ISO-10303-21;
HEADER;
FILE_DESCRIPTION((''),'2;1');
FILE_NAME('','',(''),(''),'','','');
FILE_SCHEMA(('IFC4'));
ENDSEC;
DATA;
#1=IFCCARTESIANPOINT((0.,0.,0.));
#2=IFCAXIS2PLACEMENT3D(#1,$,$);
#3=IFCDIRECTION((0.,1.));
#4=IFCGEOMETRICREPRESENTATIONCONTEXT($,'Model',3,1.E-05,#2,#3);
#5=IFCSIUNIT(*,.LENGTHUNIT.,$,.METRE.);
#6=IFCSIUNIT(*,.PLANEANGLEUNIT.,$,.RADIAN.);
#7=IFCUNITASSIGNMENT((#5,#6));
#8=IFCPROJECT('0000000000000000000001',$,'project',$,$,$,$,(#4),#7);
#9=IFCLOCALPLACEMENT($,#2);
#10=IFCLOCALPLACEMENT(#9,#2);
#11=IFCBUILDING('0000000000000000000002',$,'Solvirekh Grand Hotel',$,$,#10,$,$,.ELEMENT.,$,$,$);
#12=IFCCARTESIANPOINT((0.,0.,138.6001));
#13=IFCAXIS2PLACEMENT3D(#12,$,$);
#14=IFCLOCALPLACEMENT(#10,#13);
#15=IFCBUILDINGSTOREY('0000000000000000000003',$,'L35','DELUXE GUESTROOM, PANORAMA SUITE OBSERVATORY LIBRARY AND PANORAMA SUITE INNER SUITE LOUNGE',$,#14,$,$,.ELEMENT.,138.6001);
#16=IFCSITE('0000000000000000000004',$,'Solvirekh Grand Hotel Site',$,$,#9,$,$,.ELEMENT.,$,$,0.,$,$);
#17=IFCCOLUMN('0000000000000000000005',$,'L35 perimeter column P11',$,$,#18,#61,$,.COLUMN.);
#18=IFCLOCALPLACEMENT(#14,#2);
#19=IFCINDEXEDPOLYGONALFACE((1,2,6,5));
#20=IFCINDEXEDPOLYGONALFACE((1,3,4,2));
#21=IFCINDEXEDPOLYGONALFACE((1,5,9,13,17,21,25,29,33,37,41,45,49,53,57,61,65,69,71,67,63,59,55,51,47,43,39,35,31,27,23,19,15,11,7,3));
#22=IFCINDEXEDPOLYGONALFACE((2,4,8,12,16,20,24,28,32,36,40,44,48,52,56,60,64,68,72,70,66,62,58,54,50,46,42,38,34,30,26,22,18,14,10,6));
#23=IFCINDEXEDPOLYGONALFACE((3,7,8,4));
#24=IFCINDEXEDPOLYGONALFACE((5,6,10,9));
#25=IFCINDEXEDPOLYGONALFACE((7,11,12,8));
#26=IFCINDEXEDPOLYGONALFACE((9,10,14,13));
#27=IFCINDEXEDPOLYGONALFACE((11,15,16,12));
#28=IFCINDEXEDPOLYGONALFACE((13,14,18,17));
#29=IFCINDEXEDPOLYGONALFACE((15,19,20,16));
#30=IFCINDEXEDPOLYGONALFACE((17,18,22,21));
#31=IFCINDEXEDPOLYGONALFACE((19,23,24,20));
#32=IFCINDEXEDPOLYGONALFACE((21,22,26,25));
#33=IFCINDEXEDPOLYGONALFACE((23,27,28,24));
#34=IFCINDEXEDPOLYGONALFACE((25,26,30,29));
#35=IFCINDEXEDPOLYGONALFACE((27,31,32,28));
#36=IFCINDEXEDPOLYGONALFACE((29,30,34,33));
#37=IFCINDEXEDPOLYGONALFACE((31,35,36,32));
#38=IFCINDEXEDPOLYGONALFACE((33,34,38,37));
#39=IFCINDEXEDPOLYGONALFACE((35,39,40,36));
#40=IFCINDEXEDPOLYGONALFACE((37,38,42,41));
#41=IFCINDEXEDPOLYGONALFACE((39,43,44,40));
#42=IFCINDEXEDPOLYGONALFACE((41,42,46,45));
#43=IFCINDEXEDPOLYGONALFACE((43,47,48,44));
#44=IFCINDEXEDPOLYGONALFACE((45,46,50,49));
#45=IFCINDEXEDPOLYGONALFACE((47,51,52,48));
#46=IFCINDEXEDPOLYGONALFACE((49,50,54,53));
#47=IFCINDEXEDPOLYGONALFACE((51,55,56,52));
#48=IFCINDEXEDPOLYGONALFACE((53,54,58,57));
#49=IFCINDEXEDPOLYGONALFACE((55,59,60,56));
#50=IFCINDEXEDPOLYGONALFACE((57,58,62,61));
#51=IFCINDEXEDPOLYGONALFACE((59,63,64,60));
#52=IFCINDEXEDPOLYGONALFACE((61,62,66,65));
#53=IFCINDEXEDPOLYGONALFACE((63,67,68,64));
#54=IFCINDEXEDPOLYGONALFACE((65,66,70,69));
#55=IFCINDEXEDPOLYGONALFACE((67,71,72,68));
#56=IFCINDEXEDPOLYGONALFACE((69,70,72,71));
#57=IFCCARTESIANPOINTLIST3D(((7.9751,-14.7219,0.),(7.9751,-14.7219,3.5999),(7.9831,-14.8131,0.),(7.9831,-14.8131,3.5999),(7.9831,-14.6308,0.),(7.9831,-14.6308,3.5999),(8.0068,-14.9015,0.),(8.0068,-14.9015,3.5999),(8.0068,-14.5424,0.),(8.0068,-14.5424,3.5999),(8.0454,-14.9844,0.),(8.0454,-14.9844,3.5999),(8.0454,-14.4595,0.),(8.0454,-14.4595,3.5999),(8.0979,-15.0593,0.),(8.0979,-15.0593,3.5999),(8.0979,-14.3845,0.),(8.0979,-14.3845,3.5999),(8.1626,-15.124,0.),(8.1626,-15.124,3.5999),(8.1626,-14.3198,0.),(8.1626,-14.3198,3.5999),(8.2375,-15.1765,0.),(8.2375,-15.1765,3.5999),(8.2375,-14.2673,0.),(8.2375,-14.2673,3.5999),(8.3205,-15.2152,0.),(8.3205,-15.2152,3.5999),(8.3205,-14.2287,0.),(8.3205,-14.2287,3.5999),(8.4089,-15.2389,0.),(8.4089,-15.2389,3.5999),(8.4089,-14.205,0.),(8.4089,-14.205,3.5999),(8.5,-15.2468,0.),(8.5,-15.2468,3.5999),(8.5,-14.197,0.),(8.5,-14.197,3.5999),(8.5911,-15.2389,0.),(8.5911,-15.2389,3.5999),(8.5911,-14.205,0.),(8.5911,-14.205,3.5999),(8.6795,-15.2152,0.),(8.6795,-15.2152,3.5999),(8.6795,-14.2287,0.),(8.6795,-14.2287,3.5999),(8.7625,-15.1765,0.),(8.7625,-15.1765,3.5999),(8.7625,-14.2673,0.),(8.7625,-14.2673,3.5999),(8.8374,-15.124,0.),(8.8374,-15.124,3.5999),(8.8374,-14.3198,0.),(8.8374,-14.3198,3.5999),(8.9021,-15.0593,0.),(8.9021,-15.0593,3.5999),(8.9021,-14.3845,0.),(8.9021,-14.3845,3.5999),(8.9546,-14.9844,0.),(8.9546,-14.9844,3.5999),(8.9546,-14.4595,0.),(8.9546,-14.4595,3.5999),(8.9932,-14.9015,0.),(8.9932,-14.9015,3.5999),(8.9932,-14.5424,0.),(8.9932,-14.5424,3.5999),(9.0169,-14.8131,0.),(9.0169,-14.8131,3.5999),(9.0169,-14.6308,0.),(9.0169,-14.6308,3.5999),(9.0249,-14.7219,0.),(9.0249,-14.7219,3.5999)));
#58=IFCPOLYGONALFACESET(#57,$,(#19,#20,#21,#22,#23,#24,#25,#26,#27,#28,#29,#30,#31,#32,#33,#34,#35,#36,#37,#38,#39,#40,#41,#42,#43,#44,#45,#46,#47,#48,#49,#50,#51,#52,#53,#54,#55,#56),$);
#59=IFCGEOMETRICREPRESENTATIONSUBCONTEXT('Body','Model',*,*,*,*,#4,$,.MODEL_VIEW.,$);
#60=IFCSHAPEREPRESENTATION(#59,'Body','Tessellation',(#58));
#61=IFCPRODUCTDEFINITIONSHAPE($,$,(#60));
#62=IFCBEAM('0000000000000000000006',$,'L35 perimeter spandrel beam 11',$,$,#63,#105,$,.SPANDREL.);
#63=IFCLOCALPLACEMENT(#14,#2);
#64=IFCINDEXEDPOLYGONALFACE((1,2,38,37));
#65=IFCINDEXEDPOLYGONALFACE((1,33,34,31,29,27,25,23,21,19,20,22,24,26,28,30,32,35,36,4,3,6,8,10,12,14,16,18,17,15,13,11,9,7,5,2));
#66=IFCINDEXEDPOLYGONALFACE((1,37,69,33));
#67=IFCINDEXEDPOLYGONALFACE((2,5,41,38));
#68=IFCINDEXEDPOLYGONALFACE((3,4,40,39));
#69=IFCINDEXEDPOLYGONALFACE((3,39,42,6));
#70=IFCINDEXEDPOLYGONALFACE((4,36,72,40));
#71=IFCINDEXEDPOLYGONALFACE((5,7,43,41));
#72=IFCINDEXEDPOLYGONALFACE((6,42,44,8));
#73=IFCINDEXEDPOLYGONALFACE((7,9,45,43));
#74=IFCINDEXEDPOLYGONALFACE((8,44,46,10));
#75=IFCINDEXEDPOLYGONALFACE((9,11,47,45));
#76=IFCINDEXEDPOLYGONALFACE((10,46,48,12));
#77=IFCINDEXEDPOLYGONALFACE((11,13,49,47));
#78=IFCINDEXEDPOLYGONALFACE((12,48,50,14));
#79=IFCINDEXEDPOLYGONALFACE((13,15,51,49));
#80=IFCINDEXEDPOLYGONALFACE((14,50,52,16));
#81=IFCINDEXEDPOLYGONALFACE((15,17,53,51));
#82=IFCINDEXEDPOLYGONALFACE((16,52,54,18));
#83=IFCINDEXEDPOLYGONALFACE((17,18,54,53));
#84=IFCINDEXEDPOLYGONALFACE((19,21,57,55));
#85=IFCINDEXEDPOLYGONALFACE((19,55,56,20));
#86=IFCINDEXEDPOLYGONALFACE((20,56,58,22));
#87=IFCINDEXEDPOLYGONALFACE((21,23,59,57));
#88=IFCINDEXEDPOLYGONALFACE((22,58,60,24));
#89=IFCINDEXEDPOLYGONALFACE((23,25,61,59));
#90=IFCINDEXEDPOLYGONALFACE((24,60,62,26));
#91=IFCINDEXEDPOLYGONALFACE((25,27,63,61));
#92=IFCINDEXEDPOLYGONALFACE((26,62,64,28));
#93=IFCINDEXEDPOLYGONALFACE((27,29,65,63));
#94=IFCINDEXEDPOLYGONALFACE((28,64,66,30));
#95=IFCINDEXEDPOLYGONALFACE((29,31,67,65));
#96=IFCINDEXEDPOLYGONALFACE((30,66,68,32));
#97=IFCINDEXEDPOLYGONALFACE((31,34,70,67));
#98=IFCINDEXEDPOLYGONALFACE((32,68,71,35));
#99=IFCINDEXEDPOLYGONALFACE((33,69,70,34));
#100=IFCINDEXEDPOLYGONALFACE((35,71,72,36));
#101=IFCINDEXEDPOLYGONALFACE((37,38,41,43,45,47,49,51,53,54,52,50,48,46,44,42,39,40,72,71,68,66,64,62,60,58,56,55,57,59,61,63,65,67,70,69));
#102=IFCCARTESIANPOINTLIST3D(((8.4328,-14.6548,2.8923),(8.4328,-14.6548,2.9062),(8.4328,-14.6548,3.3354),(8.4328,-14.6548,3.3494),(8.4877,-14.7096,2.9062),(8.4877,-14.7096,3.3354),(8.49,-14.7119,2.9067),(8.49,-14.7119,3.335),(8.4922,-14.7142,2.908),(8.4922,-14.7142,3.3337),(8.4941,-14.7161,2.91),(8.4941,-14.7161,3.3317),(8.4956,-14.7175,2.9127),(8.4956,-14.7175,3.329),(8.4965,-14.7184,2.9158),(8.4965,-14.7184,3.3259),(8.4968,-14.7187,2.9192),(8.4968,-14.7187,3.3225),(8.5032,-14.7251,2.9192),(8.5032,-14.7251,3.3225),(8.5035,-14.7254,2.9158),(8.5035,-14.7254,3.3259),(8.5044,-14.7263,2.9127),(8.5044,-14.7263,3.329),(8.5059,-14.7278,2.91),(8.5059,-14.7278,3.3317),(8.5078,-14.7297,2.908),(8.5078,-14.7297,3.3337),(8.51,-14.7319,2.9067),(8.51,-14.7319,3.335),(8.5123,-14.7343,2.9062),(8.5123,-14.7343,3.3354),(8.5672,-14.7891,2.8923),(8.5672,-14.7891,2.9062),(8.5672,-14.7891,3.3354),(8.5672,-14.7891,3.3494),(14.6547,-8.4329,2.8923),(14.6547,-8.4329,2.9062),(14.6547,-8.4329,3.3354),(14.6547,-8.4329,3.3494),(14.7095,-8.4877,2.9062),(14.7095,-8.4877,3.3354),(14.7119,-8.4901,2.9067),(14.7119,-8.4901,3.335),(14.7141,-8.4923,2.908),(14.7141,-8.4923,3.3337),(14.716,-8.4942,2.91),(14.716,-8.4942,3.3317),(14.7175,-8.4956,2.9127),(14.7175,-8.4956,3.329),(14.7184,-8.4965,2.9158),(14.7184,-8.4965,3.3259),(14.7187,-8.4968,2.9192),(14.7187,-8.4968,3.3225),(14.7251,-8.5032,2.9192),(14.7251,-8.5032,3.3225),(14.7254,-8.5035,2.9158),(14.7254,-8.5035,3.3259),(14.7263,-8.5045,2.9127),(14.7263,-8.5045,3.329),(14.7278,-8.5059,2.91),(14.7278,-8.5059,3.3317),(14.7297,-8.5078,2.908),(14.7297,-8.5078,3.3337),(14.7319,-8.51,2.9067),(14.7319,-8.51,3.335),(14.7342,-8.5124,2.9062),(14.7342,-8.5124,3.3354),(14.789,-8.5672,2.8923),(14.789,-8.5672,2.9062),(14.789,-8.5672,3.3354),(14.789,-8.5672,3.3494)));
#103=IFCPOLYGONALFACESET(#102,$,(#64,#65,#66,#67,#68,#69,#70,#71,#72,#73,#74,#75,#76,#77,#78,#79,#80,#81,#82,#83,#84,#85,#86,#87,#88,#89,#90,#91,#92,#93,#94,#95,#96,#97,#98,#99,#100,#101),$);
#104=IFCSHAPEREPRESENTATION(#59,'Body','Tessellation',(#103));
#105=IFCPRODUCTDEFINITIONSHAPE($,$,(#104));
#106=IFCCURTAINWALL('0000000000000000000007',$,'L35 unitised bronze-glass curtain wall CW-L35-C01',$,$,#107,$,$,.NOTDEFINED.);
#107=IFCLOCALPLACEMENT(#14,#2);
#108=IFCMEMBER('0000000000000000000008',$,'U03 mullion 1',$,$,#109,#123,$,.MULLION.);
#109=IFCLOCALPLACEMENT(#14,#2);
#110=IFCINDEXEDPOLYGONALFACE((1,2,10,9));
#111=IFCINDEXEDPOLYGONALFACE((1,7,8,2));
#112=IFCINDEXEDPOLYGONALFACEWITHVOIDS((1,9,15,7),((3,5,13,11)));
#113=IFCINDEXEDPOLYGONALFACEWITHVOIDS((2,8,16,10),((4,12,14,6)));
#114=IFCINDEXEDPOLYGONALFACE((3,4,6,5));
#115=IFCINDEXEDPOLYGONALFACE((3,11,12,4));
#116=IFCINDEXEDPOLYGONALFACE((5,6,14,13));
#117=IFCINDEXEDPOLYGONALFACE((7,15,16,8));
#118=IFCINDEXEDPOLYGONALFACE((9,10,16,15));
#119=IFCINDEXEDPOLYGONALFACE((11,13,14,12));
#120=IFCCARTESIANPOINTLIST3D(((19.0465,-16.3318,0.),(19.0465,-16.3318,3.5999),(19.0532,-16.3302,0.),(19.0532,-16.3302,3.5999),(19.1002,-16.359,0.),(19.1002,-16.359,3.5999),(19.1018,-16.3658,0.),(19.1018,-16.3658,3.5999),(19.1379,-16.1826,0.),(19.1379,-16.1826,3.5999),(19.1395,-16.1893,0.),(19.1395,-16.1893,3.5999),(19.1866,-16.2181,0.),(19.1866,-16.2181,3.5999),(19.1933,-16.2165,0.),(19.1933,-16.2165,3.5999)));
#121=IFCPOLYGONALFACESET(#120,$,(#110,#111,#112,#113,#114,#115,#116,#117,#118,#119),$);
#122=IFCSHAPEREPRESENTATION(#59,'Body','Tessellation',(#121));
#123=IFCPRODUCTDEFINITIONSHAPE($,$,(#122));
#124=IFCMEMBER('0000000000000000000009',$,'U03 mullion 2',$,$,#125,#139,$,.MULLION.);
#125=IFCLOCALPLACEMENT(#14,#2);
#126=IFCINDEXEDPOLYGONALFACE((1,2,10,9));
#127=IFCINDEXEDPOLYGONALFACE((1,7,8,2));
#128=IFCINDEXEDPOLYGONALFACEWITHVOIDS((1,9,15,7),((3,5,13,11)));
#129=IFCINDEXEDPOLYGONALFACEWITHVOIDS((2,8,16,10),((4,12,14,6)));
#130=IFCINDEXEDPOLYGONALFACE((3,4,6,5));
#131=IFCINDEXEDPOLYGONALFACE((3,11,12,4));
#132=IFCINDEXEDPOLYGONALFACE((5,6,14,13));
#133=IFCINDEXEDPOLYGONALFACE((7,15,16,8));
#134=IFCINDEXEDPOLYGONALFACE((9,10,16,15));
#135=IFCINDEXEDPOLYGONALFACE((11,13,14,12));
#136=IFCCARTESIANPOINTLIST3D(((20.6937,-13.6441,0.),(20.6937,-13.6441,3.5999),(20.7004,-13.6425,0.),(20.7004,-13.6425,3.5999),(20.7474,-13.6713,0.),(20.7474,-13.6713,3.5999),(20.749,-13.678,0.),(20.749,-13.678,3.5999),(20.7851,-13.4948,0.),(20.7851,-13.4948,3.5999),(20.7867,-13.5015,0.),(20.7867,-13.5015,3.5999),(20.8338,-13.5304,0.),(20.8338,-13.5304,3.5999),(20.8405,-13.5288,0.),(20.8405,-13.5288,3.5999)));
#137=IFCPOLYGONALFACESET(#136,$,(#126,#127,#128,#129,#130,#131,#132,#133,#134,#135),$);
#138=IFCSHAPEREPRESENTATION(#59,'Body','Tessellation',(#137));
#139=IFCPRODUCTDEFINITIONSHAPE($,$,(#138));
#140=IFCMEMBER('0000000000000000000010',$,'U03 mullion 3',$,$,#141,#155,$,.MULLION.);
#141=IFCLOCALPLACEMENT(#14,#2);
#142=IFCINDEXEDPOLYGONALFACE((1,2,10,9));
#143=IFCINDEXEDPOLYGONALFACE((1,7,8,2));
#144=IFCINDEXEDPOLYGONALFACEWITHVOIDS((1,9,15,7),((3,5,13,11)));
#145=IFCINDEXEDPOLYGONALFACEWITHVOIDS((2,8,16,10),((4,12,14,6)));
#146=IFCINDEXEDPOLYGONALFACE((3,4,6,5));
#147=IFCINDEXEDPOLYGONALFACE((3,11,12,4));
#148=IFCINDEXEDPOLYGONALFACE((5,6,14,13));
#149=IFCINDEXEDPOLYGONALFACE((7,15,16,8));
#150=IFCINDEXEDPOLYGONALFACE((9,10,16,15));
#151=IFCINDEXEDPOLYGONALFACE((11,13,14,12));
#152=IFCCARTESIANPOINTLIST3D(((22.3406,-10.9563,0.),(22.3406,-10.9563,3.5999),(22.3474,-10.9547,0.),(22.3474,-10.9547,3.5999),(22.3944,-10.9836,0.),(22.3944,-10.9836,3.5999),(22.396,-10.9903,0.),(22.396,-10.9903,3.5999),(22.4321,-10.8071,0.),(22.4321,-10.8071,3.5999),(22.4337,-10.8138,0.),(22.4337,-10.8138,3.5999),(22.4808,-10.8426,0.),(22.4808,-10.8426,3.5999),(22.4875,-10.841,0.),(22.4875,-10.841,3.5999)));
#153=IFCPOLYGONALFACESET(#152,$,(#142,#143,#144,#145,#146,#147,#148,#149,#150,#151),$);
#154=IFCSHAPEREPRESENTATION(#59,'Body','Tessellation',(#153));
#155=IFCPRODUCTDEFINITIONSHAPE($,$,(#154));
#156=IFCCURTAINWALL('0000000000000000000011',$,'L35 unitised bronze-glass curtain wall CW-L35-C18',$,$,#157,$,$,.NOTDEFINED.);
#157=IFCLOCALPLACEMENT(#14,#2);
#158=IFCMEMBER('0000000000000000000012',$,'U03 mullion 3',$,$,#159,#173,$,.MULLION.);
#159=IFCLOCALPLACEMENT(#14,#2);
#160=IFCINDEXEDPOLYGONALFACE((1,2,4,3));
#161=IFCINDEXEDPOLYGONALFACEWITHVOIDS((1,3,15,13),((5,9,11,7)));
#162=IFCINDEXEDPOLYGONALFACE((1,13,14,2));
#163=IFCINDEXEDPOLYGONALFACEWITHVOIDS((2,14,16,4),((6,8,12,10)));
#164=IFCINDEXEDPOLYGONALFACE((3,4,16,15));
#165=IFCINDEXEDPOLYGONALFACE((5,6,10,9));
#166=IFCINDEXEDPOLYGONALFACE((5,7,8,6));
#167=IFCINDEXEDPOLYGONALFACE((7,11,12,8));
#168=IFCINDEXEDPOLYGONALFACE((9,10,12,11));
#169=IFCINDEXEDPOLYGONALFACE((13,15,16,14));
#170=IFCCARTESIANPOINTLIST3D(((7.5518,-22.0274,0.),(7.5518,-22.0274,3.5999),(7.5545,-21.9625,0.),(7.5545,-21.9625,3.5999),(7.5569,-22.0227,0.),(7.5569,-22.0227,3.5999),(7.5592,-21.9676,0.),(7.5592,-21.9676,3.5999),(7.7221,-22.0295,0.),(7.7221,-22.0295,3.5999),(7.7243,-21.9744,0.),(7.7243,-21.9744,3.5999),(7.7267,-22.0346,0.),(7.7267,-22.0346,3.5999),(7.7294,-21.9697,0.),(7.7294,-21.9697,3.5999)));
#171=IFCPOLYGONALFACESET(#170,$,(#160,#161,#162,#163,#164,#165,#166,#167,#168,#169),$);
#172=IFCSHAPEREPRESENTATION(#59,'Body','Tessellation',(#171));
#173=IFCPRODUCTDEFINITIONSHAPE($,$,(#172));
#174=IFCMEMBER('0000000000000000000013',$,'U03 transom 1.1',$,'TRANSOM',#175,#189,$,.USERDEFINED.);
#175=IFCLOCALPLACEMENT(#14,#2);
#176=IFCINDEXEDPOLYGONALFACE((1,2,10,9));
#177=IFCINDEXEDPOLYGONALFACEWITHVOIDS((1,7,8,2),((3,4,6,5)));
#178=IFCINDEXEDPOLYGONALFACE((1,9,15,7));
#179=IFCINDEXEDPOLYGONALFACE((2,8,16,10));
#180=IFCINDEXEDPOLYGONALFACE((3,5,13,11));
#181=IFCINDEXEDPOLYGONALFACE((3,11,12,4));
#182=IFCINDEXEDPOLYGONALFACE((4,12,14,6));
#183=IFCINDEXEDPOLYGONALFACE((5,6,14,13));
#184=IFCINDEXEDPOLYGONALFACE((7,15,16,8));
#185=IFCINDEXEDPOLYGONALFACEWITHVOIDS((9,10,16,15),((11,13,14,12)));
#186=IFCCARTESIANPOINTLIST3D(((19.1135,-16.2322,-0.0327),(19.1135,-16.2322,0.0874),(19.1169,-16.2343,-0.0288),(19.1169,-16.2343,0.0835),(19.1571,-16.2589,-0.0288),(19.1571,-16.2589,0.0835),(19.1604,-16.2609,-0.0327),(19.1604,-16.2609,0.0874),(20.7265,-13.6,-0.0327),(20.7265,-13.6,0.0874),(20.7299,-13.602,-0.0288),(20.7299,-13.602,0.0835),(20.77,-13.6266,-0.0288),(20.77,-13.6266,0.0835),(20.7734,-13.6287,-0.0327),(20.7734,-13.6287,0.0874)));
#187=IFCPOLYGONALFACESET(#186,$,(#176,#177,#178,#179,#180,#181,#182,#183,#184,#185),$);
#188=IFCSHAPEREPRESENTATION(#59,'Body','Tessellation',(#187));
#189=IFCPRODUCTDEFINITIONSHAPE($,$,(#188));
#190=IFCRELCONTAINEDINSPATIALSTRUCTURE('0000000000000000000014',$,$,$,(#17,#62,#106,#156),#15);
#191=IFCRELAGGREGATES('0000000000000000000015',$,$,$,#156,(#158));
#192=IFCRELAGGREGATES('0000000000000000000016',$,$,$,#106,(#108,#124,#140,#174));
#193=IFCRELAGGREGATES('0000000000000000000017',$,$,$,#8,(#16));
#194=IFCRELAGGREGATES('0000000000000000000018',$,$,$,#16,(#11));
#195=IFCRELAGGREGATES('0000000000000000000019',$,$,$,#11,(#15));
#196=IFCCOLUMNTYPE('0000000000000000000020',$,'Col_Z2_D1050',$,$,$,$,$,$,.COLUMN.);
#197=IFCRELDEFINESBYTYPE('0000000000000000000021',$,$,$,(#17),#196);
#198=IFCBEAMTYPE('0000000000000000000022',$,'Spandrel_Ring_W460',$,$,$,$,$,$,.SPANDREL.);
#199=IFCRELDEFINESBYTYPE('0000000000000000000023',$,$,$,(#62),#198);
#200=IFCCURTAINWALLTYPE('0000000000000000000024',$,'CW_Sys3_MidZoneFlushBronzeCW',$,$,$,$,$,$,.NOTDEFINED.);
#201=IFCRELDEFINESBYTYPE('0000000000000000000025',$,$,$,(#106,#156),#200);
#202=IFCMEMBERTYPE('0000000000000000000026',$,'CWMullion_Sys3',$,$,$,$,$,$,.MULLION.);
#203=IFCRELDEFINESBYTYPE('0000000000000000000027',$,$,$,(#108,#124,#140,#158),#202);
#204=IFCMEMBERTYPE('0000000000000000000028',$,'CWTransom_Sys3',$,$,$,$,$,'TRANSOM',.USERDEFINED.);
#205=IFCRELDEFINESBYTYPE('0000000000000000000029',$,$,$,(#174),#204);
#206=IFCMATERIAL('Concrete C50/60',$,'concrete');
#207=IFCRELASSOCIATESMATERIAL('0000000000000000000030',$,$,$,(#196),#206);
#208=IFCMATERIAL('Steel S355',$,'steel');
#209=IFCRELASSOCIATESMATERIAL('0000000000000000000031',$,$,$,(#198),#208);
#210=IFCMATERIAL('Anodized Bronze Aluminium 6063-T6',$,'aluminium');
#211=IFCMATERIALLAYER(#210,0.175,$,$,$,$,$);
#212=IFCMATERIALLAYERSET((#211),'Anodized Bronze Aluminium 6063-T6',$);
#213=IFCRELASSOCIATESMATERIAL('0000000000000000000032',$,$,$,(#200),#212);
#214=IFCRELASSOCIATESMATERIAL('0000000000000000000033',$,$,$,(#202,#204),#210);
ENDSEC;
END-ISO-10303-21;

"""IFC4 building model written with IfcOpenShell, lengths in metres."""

from ifc_helpers import new_model, si_unit, direction, frame, origin, origin_2d, place, context, subcontext, project, spatial, hollow_rectangle, circle, i_section, extrude, source, transform, mapped, material, layer, layer_set, material_profile, profile_set, type_object, element, aggregate, save


model = new_model("IFC4")

# Units and contexts
model_context = context("Model", 3, precision=1e-05, world=origin(), true_north=direction((0.0, 1.0)))
body_context = subcontext(model_context, "Body", "Model", "MODEL_VIEW")
ifc_project = project(units=[si_unit("LENGTHUNIT", "METRE"), si_unit("PLANEANGLEUNIT", "RADIAN")], contexts=[model_context])

# Site, building, storey
site_placement = place(None, origin())
site = spatial("IfcSite", under=ifc_project, at=site_placement, Name="Solvirekh Grand Hotel Site", CompositionType="ELEMENT", RefElevation=0.0)
building_placement = place(site_placement, origin())
building = spatial("IfcBuilding", under=site, at=building_placement, Name="Solvirekh Grand Hotel", CompositionType="ELEMENT")
storey_placement = place(building_placement, frame((0.0, 0.0, 138.6001)))
storey = spatial("IfcBuildingStorey", under=building, at=storey_placement, Name="L35", Description="DELUXE GUESTROOM, PANORAMA SUITE OBSERVATORY LIBRARY AND PANORAMA SUITE INNER SUITE LOUNGE", CompositionType="ELEMENT", Elevation=138.6001)

# Column
ifc_material_1 = material(Name="Concrete C50/60", Category="concrete")
ifc_material_profile_1 = material_profile(ifc_material_1, circle(Radius=0.5249, at=origin_2d()), Name="RC CIRC D1050")
ifc_profile_set_1 = profile_set([ifc_material_profile_1], Name="Concrete C50/60")
column_type = type_object("IfcColumnType", Name="Col_Z2_D1050", PredefinedType="COLUMN", material=ifc_profile_set_1)
column_placement = place(storey_placement, frame((8.5, -14.7219, 0.0), z_axis=(0.0, 0.0, 1.0), x_axis=(1.0, 0.0, 0.0)))
element("IfcColumn", 1, at=column_placement, inside=storey, type_object=column_type, Name="L35 perimeter column P11", PredefinedType="COLUMN", context=body_context, shape_type="SweptSolid", body=[
    extrude(circle(Radius=0.5249, at=origin_2d()), origin(), (0.0, 0.0, 1.0), 3.5999),
])

# Beam
ifc_material_2 = material(Name="Steel S355", Category="steel")
ifc_material_profile_2 = material_profile(ifc_material_2, i_section(OverallWidth=0.1899, OverallDepth=0.457, WebThickness=0.009, FlangeThickness=0.0139, FilletRadius=0.0129, at=origin_2d()), Name="W460X74")
ifc_profile_set_2 = profile_set([ifc_material_profile_2], Name="Steel S355")
beam_type = type_object("IfcBeamType", Name="Spandrel_Ring_W460", PredefinedType="SPANDREL", material=ifc_profile_set_2)
beam_placement = place(storey_placement, frame((8.5, -14.7219, 3.1208), z_axis=(0.707107, 0.707107, 0.0), x_axis=(-0.707107, 0.707107, 0.0)))
element("IfcBeam", 2, at=beam_placement, inside=storey, type_object=beam_type, Name="L35 perimeter spandrel beam 11", PredefinedType="SPANDREL", context=body_context, shape_type="SweptSolid", body=[
    extrude(i_section(OverallWidth=0.1899, OverallDepth=0.457, WebThickness=0.009, FlangeThickness=0.0139, FilletRadius=0.0129, at=origin_2d()), origin(), (0.0, 0.0, 1.0), 8.7991),
])

# Curtain wall, members
ifc_material_3 = material(Name="Anodized Bronze Aluminium 6063-T6", Category="aluminium")
ifc_layer_1 = layer(ifc_material_3, 0.175)
ifc_layer_set_1 = layer_set([ifc_layer_1], Name="Anodized Bronze Aluminium 6063-T6")
curtain_wall_type = type_object("IfcCurtainWallType", Name="CW_Sys3_MidZoneFlushBronzeCW", PredefinedType="NOTDEFINED", material=ifc_layer_set_1)
curtain_wall_1_placement = place(storey_placement, origin())
curtain_wall_1 = element("IfcCurtainWall", 3, at=curtain_wall_1_placement, inside=storey, type_object=curtain_wall_type, Name="L35 unitised bronze-glass curtain wall CW-L35-C01", PredefinedType="NOTDEFINED")
ifc_material_profile_3 = material_profile(ifc_material_3, hollow_rectangle(XDim=0.0649, YDim=0.175, WallThickness=0.0049, at=origin_2d()), Name="ALU RHS 175X65X5")
ifc_profile_set_3 = profile_set([ifc_material_profile_3], Name="Anodized Bronze Aluminium 6063-T6")
member_type_1 = type_object("IfcMemberType", Name="CWMullion_Sys3", PredefinedType="MULLION", material=ifc_profile_set_3)
shared_shape_1 = source(origin(), body_context, "Body", "SweptSolid", [
    extrude(hollow_rectangle(XDim=0.0649, YDim=0.175, WallThickness=0.0049, at=origin_2d()), origin(), (0.0, 0.0, 1.0), 3.5999),
])
member_1_placement = place(storey_placement, frame((19.1199, -16.2742, 0.0), z_axis=(0.0, 0.0, 1.0), x_axis=(-0.852649, 0.522485, 0.0)))
member_1 = element("IfcMember", 4, at=member_1_placement, type_object=member_type_1, Name="U03 mullion 1", PredefinedType="MULLION", context=body_context, shape_type="MappedRepresentation", body=[
    mapped(shared_shape_1, transform((0.0, 0.0, 0.0), x_axis=(1.0, 0.0, 0.0), y_axis=(0.0, 1.0, 0.0), z_axis=(0.0, 0.0, 1.0), scale=1.0)),
])
member_2_placement = place(storey_placement, frame((20.7671, -13.5864, 0.0), z_axis=(0.0, 0.0, 1.0), x_axis=(-0.852649, 0.522485, 0.0)))
member_2 = element("IfcMember", 5, at=member_2_placement, type_object=member_type_1, Name="U03 mullion 2", PredefinedType="MULLION", context=body_context, shape_type="MappedRepresentation", body=[
    mapped(shared_shape_1, transform((0.0, 0.0, 0.0), x_axis=(1.0, 0.0, 0.0), y_axis=(0.0, 1.0, 0.0), z_axis=(0.0, 0.0, 1.0), scale=1.0)),
])
member_3_placement = place(storey_placement, frame((22.4141, -10.8987, 0.0), z_axis=(0.0, 0.0, 1.0), x_axis=(-0.852649, 0.522485, 0.0)))
member_3 = element("IfcMember", 6, at=member_3_placement, type_object=member_type_1, Name="U03 mullion 3", PredefinedType="MULLION", context=body_context, shape_type="MappedRepresentation", body=[
    mapped(shared_shape_1, transform((0.0, 0.0, 0.0), x_axis=(1.0, 0.0, 0.0), y_axis=(0.0, 1.0, 0.0), z_axis=(0.0, 0.0, 1.0), scale=1.0)),
])

# Curtain wall, member
curtain_wall_2_placement = place(storey_placement, origin())
curtain_wall_2 = element("IfcCurtainWall", 7, at=curtain_wall_2_placement, inside=storey, type_object=curtain_wall_type, Name="L35 unitised bronze-glass curtain wall CW-L35-C18", PredefinedType="NOTDEFINED")
member_4_placement = place(storey_placement, frame((7.6406, -21.9985, 0.0), z_axis=(0.0, 0.0, 1.0), x_axis=(0.041351, 0.999145, 0.0)))
member_4 = element("IfcMember", 8, at=member_4_placement, type_object=member_type_1, Name="U03 mullion 3", PredefinedType="MULLION", context=body_context, shape_type="MappedRepresentation", body=[
    mapped(shared_shape_1, transform((0.0, 0.0, 0.0), x_axis=(1.0, 0.0, 0.0), y_axis=(0.0, 1.0, 0.0), z_axis=(0.0, 0.0, 1.0), scale=1.0)),
])
aggregate(curtain_wall_2, [member_4])

# Member
ifc_material_profile_4 = material_profile(ifc_material_3, hollow_rectangle(XDim=0.0549, YDim=0.1201, WallThickness=0.0039, at=origin_2d()), Name="ALU RHS 120X55X4")
ifc_profile_set_4 = profile_set([ifc_material_profile_4], Name="Anodized Bronze Aluminium 6063-T6")
member_type_2 = type_object("IfcMemberType", Name="CWTransom_Sys3", ElementType="TRANSOM", PredefinedType="USERDEFINED", material=ifc_profile_set_4)
shared_shape_2 = source(origin(), body_context, "Body", "SweptSolid", [
    extrude(hollow_rectangle(XDim=0.0549, YDim=0.1201, WallThickness=0.0039, at=origin_2d()), origin(), (0.0, 0.0, 1.0), 3.0872),
])
member_5_placement = place(storey_placement, frame((19.137, -16.2466, 0.0273), z_axis=(0.522486, 0.852648, 0.0), x_axis=(-0.852648, 0.522486, 0.0)))
member_5 = element("IfcMember", 9, at=member_5_placement, type_object=member_type_2, Name="U03 transom 1.1", ObjectType="TRANSOM", PredefinedType="USERDEFINED", context=body_context, shape_type="MappedRepresentation", body=[
    mapped(shared_shape_2, transform((0.0, 0.0, 0.0), x_axis=(1.0, 0.0, 0.0), y_axis=(0.0, 1.0, 0.0), z_axis=(0.0, 0.0, 1.0), scale=1.0)),
])

aggregate(curtain_wall_1, [member_1, member_2, member_3, member_5])

save(model, "model.ifc")
